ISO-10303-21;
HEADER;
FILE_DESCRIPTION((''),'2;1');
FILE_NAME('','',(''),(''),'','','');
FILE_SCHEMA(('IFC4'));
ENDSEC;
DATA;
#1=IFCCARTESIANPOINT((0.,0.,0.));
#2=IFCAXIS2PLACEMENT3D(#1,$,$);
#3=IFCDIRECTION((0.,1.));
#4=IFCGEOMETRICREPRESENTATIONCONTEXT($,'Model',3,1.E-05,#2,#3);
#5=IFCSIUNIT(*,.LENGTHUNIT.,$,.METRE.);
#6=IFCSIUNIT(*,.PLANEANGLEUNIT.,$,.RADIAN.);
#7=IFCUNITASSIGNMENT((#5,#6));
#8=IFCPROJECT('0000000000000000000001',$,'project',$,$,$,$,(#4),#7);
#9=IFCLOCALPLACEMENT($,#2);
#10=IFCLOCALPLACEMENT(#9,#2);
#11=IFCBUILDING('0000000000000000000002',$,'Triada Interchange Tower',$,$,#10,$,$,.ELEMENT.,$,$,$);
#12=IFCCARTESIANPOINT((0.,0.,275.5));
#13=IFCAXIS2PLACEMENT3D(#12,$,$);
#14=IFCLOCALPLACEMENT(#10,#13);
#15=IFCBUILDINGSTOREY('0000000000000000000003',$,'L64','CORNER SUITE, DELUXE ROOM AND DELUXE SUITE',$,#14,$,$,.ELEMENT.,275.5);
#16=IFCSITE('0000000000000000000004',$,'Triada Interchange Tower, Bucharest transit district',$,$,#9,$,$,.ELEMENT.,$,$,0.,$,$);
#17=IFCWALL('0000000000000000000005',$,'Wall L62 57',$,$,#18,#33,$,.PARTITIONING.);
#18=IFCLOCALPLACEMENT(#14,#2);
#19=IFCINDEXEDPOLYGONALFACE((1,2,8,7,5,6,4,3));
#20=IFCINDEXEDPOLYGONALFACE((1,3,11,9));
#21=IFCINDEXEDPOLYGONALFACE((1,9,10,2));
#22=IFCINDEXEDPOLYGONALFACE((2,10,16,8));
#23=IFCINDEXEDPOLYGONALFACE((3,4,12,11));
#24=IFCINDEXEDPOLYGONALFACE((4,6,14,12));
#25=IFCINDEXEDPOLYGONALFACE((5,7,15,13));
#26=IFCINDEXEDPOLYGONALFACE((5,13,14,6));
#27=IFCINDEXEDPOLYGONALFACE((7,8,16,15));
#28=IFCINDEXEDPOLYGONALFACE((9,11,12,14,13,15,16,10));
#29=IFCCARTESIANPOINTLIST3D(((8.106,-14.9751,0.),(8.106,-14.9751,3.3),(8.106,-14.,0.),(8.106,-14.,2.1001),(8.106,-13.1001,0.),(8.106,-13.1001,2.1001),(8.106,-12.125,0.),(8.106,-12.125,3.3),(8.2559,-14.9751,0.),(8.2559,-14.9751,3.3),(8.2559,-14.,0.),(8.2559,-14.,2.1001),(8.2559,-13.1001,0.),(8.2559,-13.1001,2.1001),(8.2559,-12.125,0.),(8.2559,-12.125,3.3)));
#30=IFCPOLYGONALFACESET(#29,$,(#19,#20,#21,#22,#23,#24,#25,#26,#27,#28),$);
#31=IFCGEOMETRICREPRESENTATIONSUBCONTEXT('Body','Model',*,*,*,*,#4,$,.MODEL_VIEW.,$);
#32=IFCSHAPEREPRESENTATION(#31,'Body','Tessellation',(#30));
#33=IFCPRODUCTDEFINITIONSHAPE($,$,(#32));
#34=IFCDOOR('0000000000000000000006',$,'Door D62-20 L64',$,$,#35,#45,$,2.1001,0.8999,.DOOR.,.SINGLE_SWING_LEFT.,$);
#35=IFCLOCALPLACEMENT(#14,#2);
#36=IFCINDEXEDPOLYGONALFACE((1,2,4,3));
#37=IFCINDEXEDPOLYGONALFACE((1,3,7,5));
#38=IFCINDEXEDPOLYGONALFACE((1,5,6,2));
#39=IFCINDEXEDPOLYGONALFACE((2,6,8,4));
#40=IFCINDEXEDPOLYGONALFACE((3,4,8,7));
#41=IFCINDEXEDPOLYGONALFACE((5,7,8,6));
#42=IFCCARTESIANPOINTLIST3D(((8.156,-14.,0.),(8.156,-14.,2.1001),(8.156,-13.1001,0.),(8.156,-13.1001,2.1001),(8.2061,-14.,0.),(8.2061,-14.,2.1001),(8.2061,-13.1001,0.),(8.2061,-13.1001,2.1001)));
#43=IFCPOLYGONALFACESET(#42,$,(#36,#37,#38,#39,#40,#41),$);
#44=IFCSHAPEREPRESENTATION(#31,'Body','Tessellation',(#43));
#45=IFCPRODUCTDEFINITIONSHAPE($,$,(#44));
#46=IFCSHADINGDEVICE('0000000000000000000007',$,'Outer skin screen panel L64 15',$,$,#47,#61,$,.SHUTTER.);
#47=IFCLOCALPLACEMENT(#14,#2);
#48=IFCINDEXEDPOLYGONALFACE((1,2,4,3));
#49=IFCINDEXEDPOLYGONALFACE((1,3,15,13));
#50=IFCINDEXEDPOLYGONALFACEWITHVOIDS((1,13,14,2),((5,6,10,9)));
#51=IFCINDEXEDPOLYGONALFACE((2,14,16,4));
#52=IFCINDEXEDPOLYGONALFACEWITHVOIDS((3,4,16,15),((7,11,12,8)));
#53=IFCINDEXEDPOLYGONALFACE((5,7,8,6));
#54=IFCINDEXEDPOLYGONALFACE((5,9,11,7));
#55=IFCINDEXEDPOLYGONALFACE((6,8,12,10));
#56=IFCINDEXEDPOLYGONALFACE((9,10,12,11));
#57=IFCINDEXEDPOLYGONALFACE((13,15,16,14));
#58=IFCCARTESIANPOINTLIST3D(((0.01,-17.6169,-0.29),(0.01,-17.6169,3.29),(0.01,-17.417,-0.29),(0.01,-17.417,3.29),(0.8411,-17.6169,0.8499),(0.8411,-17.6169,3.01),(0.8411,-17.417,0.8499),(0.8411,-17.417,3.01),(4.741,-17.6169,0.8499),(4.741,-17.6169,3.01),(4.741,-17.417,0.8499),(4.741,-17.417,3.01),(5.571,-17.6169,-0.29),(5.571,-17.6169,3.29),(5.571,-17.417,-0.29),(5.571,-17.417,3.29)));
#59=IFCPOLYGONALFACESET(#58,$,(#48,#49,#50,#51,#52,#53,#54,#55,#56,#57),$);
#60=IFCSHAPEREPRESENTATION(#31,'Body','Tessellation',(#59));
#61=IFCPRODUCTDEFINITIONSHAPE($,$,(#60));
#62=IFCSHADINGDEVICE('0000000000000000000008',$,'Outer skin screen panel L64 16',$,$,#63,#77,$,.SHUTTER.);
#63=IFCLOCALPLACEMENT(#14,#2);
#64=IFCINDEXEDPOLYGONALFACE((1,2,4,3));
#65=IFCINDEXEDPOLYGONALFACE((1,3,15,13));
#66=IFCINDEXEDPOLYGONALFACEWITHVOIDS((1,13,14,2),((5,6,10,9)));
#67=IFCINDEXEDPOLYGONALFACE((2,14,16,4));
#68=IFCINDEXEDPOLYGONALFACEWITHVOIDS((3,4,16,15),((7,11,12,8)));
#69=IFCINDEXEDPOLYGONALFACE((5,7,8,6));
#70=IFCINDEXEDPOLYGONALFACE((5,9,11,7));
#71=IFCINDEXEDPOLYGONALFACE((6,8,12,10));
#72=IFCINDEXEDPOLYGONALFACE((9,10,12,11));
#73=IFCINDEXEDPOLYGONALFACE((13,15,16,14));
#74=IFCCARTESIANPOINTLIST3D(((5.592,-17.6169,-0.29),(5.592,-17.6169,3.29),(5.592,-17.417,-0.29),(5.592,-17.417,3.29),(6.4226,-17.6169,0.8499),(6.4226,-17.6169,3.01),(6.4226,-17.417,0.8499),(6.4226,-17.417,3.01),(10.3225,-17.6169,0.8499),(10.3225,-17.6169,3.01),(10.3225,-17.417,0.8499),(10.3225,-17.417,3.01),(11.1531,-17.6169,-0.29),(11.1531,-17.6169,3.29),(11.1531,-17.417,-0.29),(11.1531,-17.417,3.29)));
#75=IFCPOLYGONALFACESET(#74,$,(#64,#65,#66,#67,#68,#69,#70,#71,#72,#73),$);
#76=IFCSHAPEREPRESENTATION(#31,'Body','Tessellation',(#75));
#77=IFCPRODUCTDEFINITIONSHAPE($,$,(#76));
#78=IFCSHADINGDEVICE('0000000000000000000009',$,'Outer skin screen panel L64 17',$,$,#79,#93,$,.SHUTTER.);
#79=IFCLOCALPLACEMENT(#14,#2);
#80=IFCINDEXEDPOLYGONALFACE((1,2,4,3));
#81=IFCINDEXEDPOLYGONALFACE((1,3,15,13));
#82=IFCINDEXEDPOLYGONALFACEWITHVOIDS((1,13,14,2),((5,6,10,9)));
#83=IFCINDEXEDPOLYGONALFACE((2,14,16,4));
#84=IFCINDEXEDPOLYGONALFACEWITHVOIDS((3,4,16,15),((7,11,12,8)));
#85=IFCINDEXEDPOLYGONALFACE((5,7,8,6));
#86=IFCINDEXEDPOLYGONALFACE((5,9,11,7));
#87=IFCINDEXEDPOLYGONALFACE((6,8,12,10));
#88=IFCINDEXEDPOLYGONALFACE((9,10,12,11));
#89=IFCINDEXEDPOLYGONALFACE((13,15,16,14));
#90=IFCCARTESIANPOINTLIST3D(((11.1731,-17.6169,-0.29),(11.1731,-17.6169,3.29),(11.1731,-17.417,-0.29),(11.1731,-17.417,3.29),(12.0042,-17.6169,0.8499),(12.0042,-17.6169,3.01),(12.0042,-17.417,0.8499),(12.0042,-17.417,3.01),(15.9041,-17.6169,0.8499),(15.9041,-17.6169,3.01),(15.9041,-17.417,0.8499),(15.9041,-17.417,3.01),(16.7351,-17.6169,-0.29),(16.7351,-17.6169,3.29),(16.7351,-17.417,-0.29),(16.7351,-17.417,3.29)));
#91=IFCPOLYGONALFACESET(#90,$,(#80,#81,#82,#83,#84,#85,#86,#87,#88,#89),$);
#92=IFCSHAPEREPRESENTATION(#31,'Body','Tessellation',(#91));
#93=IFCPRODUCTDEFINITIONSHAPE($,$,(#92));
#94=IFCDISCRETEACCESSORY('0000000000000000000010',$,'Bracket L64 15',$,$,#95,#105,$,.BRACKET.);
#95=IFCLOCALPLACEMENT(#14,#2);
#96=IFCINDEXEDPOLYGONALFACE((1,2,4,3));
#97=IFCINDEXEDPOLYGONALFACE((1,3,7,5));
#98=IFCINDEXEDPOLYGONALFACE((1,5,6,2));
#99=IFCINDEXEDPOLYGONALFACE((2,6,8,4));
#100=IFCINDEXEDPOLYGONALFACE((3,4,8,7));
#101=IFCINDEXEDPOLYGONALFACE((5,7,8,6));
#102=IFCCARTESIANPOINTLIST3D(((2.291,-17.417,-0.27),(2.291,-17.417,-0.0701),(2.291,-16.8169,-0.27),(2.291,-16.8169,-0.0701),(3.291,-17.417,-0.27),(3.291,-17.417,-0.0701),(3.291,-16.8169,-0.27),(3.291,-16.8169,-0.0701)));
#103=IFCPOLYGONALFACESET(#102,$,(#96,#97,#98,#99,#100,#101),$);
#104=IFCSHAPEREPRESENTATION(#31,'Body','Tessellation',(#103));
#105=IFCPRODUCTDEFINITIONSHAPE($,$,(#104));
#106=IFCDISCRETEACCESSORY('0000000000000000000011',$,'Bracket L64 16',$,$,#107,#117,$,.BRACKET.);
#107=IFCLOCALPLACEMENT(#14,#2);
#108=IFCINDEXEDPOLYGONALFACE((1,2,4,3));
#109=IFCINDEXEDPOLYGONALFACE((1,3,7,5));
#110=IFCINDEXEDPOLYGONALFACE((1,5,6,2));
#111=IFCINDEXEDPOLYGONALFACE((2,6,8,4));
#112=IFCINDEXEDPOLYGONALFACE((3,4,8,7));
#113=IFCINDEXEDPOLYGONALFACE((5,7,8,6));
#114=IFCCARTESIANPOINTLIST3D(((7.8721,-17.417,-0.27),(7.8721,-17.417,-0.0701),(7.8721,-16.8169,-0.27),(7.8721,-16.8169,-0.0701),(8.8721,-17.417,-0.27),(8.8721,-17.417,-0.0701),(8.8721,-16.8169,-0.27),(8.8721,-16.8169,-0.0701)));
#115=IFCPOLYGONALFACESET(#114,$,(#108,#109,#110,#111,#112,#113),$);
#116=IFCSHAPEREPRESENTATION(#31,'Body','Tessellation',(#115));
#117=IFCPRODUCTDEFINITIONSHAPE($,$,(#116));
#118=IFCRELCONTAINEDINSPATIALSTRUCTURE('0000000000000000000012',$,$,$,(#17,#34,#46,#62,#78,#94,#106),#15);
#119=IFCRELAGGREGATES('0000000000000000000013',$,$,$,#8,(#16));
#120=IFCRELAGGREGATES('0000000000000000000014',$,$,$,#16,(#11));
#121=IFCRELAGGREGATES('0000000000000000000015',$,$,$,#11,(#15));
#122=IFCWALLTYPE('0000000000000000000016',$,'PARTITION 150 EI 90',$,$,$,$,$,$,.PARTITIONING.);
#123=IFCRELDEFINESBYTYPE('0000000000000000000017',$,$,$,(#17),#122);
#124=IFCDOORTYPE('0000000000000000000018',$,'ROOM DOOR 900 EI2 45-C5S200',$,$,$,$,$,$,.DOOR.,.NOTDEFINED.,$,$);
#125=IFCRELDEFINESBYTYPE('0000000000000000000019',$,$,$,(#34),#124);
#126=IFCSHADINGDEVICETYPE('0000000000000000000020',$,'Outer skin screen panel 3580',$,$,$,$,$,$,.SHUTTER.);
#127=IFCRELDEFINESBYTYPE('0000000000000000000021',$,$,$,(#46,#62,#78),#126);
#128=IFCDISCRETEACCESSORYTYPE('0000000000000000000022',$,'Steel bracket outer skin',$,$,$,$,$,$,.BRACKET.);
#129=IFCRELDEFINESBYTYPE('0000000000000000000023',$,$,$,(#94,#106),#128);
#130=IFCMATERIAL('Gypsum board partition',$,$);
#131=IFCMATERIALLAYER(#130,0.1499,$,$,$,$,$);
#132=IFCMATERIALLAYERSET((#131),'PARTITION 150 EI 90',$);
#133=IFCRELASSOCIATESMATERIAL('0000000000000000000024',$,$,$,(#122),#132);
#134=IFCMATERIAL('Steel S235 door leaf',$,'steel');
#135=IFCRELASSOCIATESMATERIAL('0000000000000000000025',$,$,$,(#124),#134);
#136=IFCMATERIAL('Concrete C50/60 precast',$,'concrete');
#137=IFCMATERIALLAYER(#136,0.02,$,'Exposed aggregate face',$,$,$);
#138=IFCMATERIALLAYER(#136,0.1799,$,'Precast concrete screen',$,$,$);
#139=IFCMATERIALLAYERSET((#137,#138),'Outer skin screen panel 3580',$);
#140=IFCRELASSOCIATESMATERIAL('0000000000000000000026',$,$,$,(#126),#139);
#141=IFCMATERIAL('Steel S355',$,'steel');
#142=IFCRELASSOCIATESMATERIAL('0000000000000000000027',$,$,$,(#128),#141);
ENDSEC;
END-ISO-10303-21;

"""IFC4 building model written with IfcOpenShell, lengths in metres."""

from ifc_helpers import new_model, si_unit, direction, frame, frame_2d, origin, origin_2d, place, context, subcontext, project, spatial, polyline, rectangle, outline, extrude, material, layer, layer_set, type_object, element, fill, save


model = new_model("IFC4")

# Units and contexts
model_context = context("Model", 3, precision=1e-05, world=origin(), true_north=direction((0.0, 1.0)))
body_context = subcontext(model_context, "Body", "Model", "MODEL_VIEW")
ifc_project = project(units=[si_unit("LENGTHUNIT", "METRE"), si_unit("PLANEANGLEUNIT", "RADIAN")], contexts=[model_context])

# Site, building, storey
site_placement = place(None, origin())
site = spatial("IfcSite", under=ifc_project, at=site_placement, Name="Triada Interchange Tower, Bucharest transit district", CompositionType="ELEMENT", RefElevation=0.0)
building_placement = place(site_placement, origin())
building = spatial("IfcBuilding", under=site, at=building_placement, Name="Triada Interchange Tower", CompositionType="ELEMENT")
storey_placement = place(building_placement, frame((0.0, 0.0, 275.5)))
storey = spatial("IfcBuildingStorey", under=building, at=storey_placement, Name="L64", Description="CORNER SUITE, DELUXE ROOM AND DELUXE SUITE", CompositionType="ELEMENT", Elevation=275.5)

# Shared definitions
ifc_material_1 = material(Name="Steel S235 door leaf", Category="steel")

# Shared definitions
ifc_material_2 = material(Name="Gypsum board partition")
ifc_layer_1 = layer(ifc_material_2, 0.1499)
ifc_layer_set_1 = layer_set([ifc_layer_1], Name="PARTITION 150 EI 90")
wall_type_1 = type_object("IfcWallType", Name="PARTITION 150 EI 90", PredefinedType="PARTITIONING", material=ifc_layer_set_1)

# Wall, opening, door
wall_1_placement = place(storey_placement, frame((8.1809, -14.9751, 0.0), z_axis=(0.0, 0.0, 1.0), x_axis=(0.0, 1.0, 0.0)))
wall_1 = element("IfcWall", 1, at=wall_1_placement, inside=storey, type_object=wall_type_1, Name="Wall L62 57", PredefinedType="PARTITIONING", context=body_context, shape_type="SweptSolid", body=[
    extrude(rectangle(XDim=2.8501, YDim=0.1499, at=frame_2d((1.425, 0.0))), origin(), (0.0, 0.0, 1.0), 3.3),
])
opening_1_placement = place(wall_1_placement, frame((0.9751, 0.0, 0.0)))
opening_1 = element("IfcOpeningElement", 2, at=opening_1_placement, cuts=wall_1, PredefinedType="OPENING", context=body_context, shape_type="SweptSolid", body=[
    extrude(rectangle(XDim=0.8999, YDim=2.1001, at=frame_2d((0.45, 1.05))), frame((0.0, 0.085, 0.0), z_axis=(0.0, -1.0, 0.0), x_axis=(1.0, 0.0, 0.0)), (0.0, 0.0, 1.0), 0.1699),
])
door_type_1 = type_object("IfcDoorType", Name="ROOM DOOR 900 EI2 45-C5S200", OperationType="NOTDEFINED", PredefinedType="DOOR", material=ifc_material_1)
door_1_placement = place(opening_1_placement, origin())
door_1 = element("IfcDoor", 3, at=door_1_placement, inside=storey, type_object=door_type_1, Name="Door D62-20 L64", OperationType="SINGLE_SWING_LEFT", OverallHeight=2.1001, OverallWidth=0.8999, PredefinedType="DOOR", context=body_context, shape_type="SweptSolid", body=[
    extrude(rectangle(XDim=0.8999, YDim=2.1001, at=frame_2d((0.45, 1.05))), frame((0.0, 0.0249, 0.0), z_axis=(0.0, -1.0, 0.0), x_axis=(1.0, 0.0, 0.0)), (0.0, 0.0, 1.0), 0.05),
])
fill(opening_1, door_1)

# Shading devices
ifc_material_3 = material(Name="Concrete C50/60 precast", Category="concrete")
ifc_layer_2 = layer(ifc_material_3, 0.02, Name="Exposed aggregate face")
ifc_layer_3 = layer(ifc_material_3, 0.1799, Name="Precast concrete screen")
ifc_layer_set_2 = layer_set([ifc_layer_2, ifc_layer_3], Name="Outer skin screen panel 3580")
shading_device_type = type_object("IfcShadingDeviceType", Name="Outer skin screen panel 3580", PredefinedType="SHUTTER", material=ifc_layer_set_2)
shading_device_1_placement = place(storey_placement, frame((0.01, -17.417, -0.29), z_axis=(0.0, 0.0, 1.0), x_axis=(1.0, 0.0, 0.0)))
element("IfcShadingDevice", 4, at=shading_device_1_placement, inside=storey, type_object=shading_device_type, Name="Outer skin screen panel L64 15", PredefinedType="SHUTTER", context=body_context, shape_type="SweptSolid", body=[
    extrude(outline(polyline([(0.0, 0.0), (5.561, 0.0), (5.561, 3.5801), (0.0, 3.5801), (0.0, 0.0)]), holes=[polyline([(0.8311, 1.1399), (0.8311, 3.3), (4.731, 3.3), (4.731, 1.1399), (0.8311, 1.1399)])]), frame((0.0, 0.0, 0.0), z_axis=(0.0, -1.0, 0.0), x_axis=(1.0, 0.0, 0.0)), (0.0, 0.0, 1.0), 0.2),
])
shading_device_2_placement = place(storey_placement, frame((5.592, -17.417, -0.29), z_axis=(0.0, 0.0, 1.0), x_axis=(1.0, 0.0, 0.0)))
element("IfcShadingDevice", 5, at=shading_device_2_placement, inside=storey, type_object=shading_device_type, Name="Outer skin screen panel L64 16", PredefinedType="SHUTTER", context=body_context, shape_type="SweptSolid", body=[
    extrude(outline(polyline([(0.0, 0.0), (5.561, 0.0), (5.561, 3.5801), (0.0, 3.5801), (0.0, 0.0)]), holes=[polyline([(0.8306, 1.1399), (0.8306, 3.3), (4.7305, 3.3), (4.7305, 1.1399), (0.8306, 1.1399)])]), frame((0.0, 0.0, 0.0), z_axis=(0.0, -1.0, 0.0), x_axis=(1.0, 0.0, 0.0)), (0.0, 0.0, 1.0), 0.2),
])
shading_device_3_placement = place(storey_placement, frame((11.1731, -17.417, -0.29), z_axis=(0.0, 0.0, 1.0), x_axis=(1.0, 0.0, 0.0)))
element("IfcShadingDevice", 6, at=shading_device_3_placement, inside=storey, type_object=shading_device_type, Name="Outer skin screen panel L64 17", PredefinedType="SHUTTER", context=body_context, shape_type="SweptSolid", body=[
    extrude(outline(polyline([(0.0, 0.0), (5.562, 0.0), (5.562, 3.5801), (0.0, 3.5801), (0.0, 0.0)]), holes=[polyline([(0.8311, 1.1399), (0.8311, 3.3), (4.731, 3.3), (4.731, 1.1399), (0.8311, 1.1399)])]), frame((0.0, 0.0, 0.0), z_axis=(0.0, -1.0, 0.0), x_axis=(1.0, 0.0, 0.0)), (0.0, 0.0, 1.0), 0.2),
])

# Discrete accessories
ifc_material_4 = material(Name="Steel S355", Category="steel")
discrete_accessory_type = type_object("IfcDiscreteAccessoryType", Name="Steel bracket outer skin", PredefinedType="BRACKET", material=ifc_material_4)
for number, where, z_axis, x_axis, name in (
    (7, (2.791, -17.1169, -0.27), (0.0, 0.0, 1.0), (0.0, -1.0, 0.0), "Bracket L64 15"),
    (8, (8.3721, -17.1169, -0.27), (0.0, 0.0, 1.0), (0.0, -1.0, 0.0), "Bracket L64 16"),
):
    element("IfcDiscreteAccessory", number, at=place(storey_placement, frame(where, z_axis=z_axis, x_axis=x_axis)), inside=storey, type_object=discrete_accessory_type, Name=name, PredefinedType="BRACKET", context=body_context, shape_type="SweptSolid", body=[
        extrude(rectangle(XDim=0.6001, YDim=1.0, at=origin_2d()), origin(), (0.0, 0.0, 1.0), 0.2),
    ])

save(model, "model.ifc")
